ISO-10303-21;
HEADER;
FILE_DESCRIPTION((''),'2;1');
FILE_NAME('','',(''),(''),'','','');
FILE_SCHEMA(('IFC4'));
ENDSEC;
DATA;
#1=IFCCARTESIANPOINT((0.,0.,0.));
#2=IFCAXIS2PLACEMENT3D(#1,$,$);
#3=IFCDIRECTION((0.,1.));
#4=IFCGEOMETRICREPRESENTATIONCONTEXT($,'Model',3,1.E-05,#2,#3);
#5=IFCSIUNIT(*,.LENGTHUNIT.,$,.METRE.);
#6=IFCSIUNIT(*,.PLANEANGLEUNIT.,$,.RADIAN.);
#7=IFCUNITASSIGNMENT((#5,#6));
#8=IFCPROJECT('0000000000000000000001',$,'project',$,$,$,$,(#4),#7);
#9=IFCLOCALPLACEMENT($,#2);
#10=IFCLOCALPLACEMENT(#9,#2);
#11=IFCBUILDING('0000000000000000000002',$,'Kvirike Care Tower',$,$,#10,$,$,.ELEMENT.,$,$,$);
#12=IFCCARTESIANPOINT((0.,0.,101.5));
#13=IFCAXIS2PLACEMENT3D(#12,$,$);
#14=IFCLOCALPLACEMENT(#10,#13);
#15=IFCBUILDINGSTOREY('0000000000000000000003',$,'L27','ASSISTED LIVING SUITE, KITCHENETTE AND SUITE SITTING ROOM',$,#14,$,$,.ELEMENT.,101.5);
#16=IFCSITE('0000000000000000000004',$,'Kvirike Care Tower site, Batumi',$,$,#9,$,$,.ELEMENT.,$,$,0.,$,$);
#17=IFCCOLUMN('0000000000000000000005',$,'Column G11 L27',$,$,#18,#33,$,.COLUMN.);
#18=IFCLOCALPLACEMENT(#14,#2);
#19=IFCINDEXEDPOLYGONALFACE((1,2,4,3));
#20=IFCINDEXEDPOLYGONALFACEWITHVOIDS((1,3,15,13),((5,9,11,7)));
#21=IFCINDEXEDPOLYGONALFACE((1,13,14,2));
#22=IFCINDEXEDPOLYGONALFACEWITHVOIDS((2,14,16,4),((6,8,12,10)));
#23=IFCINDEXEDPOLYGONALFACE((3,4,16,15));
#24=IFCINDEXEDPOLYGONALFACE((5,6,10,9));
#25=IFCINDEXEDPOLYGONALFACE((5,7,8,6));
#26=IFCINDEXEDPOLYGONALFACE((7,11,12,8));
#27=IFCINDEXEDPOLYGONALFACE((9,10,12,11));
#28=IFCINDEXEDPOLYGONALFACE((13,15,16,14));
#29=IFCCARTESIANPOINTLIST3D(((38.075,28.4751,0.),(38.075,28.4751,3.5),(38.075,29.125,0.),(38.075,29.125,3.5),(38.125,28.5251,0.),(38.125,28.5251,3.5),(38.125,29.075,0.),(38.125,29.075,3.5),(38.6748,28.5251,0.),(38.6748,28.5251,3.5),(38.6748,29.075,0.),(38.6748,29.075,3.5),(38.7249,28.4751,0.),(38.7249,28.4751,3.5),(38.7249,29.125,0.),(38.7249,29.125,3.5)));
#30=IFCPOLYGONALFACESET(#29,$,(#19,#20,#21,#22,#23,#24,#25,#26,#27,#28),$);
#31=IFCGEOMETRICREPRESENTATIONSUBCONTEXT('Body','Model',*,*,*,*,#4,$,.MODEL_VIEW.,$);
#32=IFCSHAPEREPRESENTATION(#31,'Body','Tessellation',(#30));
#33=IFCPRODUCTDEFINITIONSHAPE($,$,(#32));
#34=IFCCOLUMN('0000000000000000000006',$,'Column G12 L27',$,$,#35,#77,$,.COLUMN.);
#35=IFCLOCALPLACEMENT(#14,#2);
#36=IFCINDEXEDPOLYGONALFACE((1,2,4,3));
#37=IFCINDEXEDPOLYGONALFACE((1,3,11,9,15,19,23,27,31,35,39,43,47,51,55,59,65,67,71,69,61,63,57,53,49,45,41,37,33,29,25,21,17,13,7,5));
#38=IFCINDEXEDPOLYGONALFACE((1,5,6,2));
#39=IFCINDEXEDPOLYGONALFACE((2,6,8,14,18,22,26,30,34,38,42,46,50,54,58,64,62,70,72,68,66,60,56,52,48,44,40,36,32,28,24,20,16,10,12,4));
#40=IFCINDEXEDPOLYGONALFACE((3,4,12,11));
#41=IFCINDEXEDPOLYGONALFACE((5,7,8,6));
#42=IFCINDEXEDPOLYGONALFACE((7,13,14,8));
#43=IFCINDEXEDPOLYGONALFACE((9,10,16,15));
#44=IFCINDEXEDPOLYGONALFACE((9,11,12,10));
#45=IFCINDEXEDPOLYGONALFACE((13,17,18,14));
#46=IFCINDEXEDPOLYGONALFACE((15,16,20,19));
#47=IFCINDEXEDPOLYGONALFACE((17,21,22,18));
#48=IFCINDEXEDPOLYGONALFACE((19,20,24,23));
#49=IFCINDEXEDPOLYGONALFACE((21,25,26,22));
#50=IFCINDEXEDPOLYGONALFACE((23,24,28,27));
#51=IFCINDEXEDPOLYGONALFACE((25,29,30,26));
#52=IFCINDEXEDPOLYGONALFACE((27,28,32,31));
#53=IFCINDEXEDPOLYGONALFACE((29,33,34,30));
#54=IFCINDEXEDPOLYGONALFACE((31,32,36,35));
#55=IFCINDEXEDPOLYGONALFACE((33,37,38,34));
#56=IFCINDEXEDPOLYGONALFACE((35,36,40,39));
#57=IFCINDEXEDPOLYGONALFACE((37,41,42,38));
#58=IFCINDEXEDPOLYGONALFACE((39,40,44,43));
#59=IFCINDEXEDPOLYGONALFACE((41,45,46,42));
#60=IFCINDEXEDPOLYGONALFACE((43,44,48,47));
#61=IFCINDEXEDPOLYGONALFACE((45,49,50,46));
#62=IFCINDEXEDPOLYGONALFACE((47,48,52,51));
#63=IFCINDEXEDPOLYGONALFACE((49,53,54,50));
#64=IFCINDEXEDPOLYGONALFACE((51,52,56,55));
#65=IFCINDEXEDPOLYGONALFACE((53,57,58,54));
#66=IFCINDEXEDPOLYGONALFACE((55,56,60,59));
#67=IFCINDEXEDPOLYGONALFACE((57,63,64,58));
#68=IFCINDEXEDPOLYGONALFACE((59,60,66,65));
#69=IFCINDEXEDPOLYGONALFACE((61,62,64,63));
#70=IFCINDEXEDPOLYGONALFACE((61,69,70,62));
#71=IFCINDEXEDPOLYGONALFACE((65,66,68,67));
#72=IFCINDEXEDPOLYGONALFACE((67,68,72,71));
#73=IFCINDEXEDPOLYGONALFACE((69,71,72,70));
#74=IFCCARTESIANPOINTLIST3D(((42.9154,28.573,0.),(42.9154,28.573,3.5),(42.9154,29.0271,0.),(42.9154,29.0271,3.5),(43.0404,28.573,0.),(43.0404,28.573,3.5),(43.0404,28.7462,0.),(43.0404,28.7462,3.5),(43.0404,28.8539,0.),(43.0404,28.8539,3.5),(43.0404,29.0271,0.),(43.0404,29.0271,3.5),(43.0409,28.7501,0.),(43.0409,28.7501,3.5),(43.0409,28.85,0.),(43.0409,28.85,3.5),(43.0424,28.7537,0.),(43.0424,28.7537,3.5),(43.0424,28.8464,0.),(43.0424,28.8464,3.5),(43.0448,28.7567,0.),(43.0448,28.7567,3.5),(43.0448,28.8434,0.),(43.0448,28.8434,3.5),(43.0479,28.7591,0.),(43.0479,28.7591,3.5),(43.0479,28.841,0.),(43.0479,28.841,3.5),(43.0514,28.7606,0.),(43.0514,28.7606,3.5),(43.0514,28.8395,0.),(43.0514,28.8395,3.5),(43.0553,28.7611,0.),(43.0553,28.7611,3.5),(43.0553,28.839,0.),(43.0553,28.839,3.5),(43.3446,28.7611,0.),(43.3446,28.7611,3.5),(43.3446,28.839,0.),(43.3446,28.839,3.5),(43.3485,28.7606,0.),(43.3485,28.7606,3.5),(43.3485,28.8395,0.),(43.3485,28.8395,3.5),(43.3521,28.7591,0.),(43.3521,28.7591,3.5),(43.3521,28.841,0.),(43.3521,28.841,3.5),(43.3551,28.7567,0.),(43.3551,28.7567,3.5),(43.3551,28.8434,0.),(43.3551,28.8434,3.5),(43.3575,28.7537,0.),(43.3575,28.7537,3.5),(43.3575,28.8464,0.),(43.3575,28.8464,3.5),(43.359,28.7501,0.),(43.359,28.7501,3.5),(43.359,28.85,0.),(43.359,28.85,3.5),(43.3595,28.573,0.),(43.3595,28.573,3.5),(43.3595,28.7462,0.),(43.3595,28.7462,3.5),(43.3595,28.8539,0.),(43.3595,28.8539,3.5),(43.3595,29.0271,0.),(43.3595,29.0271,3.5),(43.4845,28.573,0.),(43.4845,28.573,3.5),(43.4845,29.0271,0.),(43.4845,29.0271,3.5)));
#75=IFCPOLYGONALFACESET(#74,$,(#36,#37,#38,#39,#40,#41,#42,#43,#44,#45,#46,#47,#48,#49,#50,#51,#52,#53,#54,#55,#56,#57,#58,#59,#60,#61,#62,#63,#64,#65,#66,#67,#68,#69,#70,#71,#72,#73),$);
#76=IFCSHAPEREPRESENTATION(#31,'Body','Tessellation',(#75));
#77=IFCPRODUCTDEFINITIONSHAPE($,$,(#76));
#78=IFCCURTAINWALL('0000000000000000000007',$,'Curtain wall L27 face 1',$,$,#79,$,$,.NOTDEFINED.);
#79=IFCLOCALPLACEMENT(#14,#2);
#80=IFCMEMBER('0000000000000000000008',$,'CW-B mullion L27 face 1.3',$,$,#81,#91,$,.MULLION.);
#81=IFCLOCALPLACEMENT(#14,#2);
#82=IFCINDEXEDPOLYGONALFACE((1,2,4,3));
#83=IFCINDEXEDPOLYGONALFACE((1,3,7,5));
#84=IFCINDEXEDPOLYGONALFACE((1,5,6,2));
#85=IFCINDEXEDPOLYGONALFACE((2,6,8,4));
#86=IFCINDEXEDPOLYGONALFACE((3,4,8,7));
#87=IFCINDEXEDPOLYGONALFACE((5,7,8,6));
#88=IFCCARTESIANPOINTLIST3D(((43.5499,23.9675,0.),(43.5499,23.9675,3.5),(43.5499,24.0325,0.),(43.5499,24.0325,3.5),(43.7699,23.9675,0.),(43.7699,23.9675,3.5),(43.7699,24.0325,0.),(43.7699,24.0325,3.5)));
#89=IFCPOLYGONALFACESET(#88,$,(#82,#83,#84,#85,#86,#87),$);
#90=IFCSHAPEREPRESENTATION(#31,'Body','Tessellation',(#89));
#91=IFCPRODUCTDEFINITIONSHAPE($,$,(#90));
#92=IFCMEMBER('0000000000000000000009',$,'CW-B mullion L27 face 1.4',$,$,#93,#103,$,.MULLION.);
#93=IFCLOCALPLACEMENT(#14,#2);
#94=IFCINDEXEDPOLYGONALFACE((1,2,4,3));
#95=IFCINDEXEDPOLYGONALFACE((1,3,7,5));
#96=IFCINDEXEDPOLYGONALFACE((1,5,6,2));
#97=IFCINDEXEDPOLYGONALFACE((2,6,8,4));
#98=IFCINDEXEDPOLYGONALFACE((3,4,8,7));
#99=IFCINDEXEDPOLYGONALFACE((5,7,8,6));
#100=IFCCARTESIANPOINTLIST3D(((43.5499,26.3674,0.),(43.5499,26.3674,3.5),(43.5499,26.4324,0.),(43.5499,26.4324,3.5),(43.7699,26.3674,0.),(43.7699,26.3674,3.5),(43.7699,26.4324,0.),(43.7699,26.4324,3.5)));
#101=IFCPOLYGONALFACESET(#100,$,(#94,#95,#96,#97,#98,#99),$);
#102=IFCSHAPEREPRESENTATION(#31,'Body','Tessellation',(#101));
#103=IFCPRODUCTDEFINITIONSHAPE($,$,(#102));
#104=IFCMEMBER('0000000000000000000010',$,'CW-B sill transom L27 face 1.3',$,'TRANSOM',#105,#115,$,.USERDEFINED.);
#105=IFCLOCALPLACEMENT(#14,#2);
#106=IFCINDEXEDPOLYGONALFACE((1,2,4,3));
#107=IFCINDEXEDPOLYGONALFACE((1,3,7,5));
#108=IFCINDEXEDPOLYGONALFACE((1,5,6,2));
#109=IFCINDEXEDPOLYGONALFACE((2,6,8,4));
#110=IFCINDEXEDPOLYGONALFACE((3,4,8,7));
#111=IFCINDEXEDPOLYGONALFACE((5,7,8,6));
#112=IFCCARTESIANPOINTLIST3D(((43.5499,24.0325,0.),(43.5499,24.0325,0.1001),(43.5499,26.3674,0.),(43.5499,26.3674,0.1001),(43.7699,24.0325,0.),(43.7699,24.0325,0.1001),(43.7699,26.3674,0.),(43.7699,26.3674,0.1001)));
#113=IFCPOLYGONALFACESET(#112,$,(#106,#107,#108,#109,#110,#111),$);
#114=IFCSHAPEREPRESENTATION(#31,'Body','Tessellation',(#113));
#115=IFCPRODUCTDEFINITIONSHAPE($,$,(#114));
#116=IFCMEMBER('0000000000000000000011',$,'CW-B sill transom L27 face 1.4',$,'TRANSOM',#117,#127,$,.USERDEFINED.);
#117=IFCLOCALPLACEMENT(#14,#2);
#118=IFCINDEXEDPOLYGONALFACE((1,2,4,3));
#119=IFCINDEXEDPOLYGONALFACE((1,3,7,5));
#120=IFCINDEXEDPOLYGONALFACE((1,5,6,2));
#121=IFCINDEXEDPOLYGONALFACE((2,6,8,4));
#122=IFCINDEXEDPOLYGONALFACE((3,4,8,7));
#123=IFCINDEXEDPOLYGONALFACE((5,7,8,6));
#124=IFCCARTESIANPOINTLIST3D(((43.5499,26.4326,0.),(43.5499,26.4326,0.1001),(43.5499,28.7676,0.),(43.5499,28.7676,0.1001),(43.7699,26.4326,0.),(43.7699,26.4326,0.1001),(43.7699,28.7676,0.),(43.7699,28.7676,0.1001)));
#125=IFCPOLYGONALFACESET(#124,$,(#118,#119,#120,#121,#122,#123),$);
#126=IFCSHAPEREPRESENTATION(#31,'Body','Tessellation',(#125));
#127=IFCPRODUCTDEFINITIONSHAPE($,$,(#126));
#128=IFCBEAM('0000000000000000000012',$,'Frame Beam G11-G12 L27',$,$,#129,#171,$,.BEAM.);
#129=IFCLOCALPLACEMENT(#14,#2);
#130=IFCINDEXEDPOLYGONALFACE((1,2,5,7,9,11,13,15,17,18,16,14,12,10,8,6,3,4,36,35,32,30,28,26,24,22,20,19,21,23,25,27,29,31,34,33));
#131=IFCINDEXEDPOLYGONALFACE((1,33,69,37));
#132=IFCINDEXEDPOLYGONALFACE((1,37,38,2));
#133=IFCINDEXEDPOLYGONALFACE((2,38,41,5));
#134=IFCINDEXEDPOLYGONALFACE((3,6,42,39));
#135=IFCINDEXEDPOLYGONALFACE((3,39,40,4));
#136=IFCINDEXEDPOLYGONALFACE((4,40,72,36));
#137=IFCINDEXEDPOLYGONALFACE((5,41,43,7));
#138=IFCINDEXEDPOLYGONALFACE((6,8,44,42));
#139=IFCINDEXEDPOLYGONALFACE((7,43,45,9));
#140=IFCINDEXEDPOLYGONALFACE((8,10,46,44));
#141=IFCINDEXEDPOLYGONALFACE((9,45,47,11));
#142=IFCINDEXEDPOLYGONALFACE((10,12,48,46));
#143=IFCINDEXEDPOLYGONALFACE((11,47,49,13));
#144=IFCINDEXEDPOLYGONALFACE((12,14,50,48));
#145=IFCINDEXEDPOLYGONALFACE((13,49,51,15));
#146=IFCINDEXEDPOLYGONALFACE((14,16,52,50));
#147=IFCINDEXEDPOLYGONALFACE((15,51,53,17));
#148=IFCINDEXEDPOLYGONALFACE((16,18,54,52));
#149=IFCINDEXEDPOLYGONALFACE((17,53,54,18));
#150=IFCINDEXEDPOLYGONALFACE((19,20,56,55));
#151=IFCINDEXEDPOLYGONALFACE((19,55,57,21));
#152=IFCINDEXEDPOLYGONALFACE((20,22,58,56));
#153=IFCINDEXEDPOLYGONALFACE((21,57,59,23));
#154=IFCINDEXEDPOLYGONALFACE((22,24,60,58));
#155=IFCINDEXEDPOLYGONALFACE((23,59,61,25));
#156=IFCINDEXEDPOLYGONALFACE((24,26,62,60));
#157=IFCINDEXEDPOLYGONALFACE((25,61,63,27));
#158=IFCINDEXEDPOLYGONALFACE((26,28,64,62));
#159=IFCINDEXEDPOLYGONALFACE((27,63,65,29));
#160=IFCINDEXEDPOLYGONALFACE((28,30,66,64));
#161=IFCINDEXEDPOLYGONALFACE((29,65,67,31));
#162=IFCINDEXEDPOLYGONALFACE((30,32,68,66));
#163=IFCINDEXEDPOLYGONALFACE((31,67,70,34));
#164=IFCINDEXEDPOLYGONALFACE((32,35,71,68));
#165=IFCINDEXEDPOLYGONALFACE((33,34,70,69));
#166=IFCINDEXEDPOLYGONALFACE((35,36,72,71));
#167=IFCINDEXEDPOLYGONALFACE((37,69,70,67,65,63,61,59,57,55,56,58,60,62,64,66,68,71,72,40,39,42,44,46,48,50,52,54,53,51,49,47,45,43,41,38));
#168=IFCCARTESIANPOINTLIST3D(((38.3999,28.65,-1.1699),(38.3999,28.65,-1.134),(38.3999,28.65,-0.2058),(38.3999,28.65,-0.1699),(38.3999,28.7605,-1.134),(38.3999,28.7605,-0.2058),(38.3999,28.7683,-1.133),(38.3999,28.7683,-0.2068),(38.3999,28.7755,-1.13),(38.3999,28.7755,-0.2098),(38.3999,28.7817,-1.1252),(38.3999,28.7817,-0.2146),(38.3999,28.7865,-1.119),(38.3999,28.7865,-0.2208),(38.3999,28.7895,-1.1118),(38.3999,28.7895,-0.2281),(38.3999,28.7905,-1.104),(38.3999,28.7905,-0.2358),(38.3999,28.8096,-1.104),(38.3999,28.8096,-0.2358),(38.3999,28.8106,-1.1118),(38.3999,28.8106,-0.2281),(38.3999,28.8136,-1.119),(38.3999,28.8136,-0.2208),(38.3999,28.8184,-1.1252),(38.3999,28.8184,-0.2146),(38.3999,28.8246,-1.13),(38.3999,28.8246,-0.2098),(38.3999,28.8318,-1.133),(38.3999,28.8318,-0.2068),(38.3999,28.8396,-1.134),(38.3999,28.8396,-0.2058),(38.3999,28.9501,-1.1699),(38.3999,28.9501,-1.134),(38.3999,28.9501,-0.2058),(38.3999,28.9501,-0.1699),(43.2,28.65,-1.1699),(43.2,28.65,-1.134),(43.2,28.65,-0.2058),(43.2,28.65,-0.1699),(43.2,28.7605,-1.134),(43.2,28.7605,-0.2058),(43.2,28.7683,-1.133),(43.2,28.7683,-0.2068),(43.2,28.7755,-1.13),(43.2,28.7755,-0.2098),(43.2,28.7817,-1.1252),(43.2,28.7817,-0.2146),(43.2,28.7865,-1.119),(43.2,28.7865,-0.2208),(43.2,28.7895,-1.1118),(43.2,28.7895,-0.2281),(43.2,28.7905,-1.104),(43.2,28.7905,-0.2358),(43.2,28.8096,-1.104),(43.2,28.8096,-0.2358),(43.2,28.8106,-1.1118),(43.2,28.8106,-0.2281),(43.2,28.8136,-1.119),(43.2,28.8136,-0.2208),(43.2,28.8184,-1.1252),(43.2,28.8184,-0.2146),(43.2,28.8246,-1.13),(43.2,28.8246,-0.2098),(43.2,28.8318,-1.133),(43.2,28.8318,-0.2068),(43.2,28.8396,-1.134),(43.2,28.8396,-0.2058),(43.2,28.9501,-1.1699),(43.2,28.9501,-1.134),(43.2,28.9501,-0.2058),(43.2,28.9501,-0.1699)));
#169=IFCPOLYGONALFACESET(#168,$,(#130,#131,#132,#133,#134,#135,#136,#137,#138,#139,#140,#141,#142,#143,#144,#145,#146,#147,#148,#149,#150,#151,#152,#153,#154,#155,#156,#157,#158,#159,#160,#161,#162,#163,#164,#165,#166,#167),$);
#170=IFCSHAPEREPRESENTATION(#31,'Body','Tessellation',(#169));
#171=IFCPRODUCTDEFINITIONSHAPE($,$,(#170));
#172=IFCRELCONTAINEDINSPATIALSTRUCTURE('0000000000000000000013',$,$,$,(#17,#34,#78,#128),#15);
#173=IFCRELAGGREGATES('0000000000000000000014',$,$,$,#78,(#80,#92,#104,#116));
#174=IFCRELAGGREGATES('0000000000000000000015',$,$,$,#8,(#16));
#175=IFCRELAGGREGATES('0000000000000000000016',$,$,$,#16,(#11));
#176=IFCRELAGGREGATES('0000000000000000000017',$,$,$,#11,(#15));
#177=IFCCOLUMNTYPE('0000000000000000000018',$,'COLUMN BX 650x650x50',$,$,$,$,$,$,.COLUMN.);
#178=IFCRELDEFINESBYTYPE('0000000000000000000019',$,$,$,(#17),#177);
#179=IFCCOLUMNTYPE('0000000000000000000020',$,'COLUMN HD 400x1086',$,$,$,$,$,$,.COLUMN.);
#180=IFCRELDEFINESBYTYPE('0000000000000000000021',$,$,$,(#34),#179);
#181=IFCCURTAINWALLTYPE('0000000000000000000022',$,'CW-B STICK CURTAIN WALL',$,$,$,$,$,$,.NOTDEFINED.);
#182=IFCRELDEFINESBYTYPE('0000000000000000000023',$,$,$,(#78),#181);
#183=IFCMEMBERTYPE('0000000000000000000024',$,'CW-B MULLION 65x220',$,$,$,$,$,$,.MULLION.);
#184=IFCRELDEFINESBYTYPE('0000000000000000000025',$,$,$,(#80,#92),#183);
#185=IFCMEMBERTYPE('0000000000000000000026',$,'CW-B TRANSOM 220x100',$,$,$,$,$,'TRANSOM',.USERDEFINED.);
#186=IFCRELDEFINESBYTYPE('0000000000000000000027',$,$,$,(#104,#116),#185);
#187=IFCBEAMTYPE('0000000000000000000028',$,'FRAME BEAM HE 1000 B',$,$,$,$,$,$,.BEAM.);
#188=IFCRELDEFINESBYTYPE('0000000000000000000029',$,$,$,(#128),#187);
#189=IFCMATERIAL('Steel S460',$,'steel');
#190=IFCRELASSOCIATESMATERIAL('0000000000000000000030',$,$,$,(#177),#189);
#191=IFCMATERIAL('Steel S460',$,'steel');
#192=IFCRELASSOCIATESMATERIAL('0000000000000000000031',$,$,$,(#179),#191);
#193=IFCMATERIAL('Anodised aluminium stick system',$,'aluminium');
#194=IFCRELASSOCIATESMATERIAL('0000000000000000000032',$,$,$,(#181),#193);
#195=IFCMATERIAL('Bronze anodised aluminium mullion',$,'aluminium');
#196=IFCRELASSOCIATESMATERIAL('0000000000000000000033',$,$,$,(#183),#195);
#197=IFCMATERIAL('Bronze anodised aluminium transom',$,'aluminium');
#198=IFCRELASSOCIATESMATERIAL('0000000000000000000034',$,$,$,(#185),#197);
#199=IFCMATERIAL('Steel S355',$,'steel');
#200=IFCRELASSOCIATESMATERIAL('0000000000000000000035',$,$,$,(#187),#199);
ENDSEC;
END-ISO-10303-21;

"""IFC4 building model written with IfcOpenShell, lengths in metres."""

from ifc_helpers import new_model, si_unit, direction, frame, origin, origin_2d, place, context, subcontext, project, spatial, rectangle, hollow_rectangle, i_section, extrude, material, material_profile, profile_set, type_object, element, aggregate, save


model = new_model("IFC4")

# Units and contexts
model_context = context("Model", 3, precision=1e-05, world=origin(), true_north=direction((0.0, 1.0)))
body_context = subcontext(model_context, "Body", "Model", "MODEL_VIEW")
ifc_project = project(units=[si_unit("LENGTHUNIT", "METRE"), si_unit("PLANEANGLEUNIT", "RADIAN")], contexts=[model_context])

# Site, building, storey
site_placement = place(None, origin())
site = spatial("IfcSite", under=ifc_project, at=site_placement, Name="Kvirike Care Tower site, Batumi", CompositionType="ELEMENT", RefElevation=0.0)
building_placement = place(site_placement, origin())
building = spatial("IfcBuilding", under=site, at=building_placement, Name="Kvirike Care Tower", CompositionType="ELEMENT")
storey_placement = place(building_placement, frame((0.0, 0.0, 101.5)))
storey = spatial("IfcBuildingStorey", under=building, at=storey_placement, Name="L27", Description="ASSISTED LIVING SUITE, KITCHENETTE AND SUITE SITTING ROOM", CompositionType="ELEMENT", Elevation=101.5)

# Columns
ifc_material_1 = material(Name="Steel S460", Category="steel")
ifc_material_profile_1 = material_profile(ifc_material_1, hollow_rectangle(XDim=0.6499, YDim=0.6499, WallThickness=0.05, at=origin_2d()), Name="BX 650x650x50")
ifc_profile_set_1 = profile_set([ifc_material_profile_1], Name="Steel S460")
column_type_1 = type_object("IfcColumnType", Name="COLUMN BX 650x650x50", PredefinedType="COLUMN", material=ifc_profile_set_1)
column_1_placement = place(storey_placement, frame((38.3999, 28.8, 0.0), z_axis=(0.0, 0.0, 1.0), x_axis=(0.0, 1.0, 0.0)))
element("IfcColumn", 1, at=column_1_placement, inside=storey, type_object=column_type_1, Name="Column G11 L27", PredefinedType="COLUMN", context=body_context, shape_type="SweptSolid", body=[
    extrude(hollow_rectangle(XDim=0.6499, YDim=0.6499, WallThickness=0.05, at=origin_2d()), origin(), (0.0, 0.0, 1.0), 3.5),
])
ifc_material_2 = material(Name="Steel S460", Category="steel")
ifc_material_profile_2 = material_profile(ifc_material_2, i_section(OverallWidth=0.4541, OverallDepth=0.5691, WebThickness=0.0779, FlangeThickness=0.125, FilletRadius=0.0149, at=origin_2d()), Name="HD 400x1086")
ifc_profile_set_2 = profile_set([ifc_material_profile_2], Name="Steel S460")
column_type_2 = type_object("IfcColumnType", Name="COLUMN HD 400x1086", PredefinedType="COLUMN", material=ifc_profile_set_2)
column_2_placement = place(storey_placement, frame((43.2, 28.8, 0.0), z_axis=(0.0, 0.0, 1.0), x_axis=(0.0, 1.0, 0.0)))
element("IfcColumn", 2, at=column_2_placement, inside=storey, type_object=column_type_2, Name="Column G12 L27", PredefinedType="COLUMN", context=body_context, shape_type="SweptSolid", body=[
    extrude(i_section(OverallWidth=0.4541, OverallDepth=0.5691, WebThickness=0.0779, FlangeThickness=0.125, FilletRadius=0.0149, at=origin_2d()), origin(), (0.0, 0.0, 1.0), 3.5),
])

# Curtain wall, members
ifc_material_3 = material(Name="Anodised aluminium stick system", Category="aluminium")
curtain_wall_type = type_object("IfcCurtainWallType", Name="CW-B STICK CURTAIN WALL", PredefinedType="NOTDEFINED", material=ifc_material_3)
curtain_wall_placement = place(storey_placement, origin())
curtain_wall = element("IfcCurtainWall", 3, at=curtain_wall_placement, inside=storey, type_object=curtain_wall_type, Name="Curtain wall L27 face 1", PredefinedType="NOTDEFINED")
ifc_material_4 = material(Name="Bronze anodised aluminium mullion", Category="aluminium")
ifc_material_profile_3 = material_profile(ifc_material_4, rectangle(XDim=0.0649, YDim=0.22, at=origin_2d()), Name="CW-B MULLION 65x220")
ifc_profile_set_3 = profile_set([ifc_material_profile_3], Name="Bronze anodised aluminium mullion")
member_type_1 = type_object("IfcMemberType", Name="CW-B MULLION 65x220", PredefinedType="MULLION", material=ifc_profile_set_3)
member_1_placement = place(storey_placement, frame((43.6599, 24.0, 0.0), z_axis=(0.0, 0.0, 1.0), x_axis=(0.0, 1.0, 0.0)))
member_1 = element("IfcMember", 4, at=member_1_placement, type_object=member_type_1, Name="CW-B mullion L27 face 1.3", PredefinedType="MULLION", context=body_context, shape_type="SweptSolid", body=[
    extrude(rectangle(XDim=0.0649, YDim=0.22, at=origin_2d()), origin(), (0.0, 0.0, 1.0), 3.5),
])
member_2_placement = place(storey_placement, frame((43.6599, 26.3999, 0.0), z_axis=(0.0, 0.0, 1.0), x_axis=(0.0, 1.0, 0.0)))
member_2 = element("IfcMember", 5, at=member_2_placement, type_object=member_type_1, Name="CW-B mullion L27 face 1.4", PredefinedType="MULLION", context=body_context, shape_type="SweptSolid", body=[
    extrude(rectangle(XDim=0.0649, YDim=0.22, at=origin_2d()), origin(), (0.0, 0.0, 1.0), 3.5),
])
ifc_material_5 = material(Name="Bronze anodised aluminium transom", Category="aluminium")
ifc_material_profile_4 = material_profile(ifc_material_5, rectangle(XDim=0.22, YDim=0.1001, at=origin_2d()), Name="CW-B TRANSOM 220x100")
ifc_profile_set_4 = profile_set([ifc_material_profile_4], Name="Bronze anodised aluminium transom")
member_type_2 = type_object("IfcMemberType", Name="CW-B TRANSOM 220x100", ElementType="TRANSOM", PredefinedType="USERDEFINED", material=ifc_profile_set_4)
member_3_placement = place(storey_placement, frame((43.6599, 24.0325, 0.05), z_axis=(0.0, 1.0, 0.0), x_axis=(-1.0, 0.0, 0.0)))
member_3 = element("IfcMember", 6, at=member_3_placement, type_object=member_type_2, Name="CW-B sill transom L27 face 1.3", ObjectType="TRANSOM", PredefinedType="USERDEFINED", context=body_context, shape_type="SweptSolid", body=[
    extrude(rectangle(XDim=0.22, YDim=0.1001, at=origin_2d()), origin(), (0.0, 0.0, 1.0), 2.335),
])
member_4_placement = place(storey_placement, frame((43.6599, 26.4326, 0.05), z_axis=(0.0, 1.0, 0.0), x_axis=(-1.0, 0.0, 0.0)))
member_4 = element("IfcMember", 7, at=member_4_placement, type_object=member_type_2, Name="CW-B sill transom L27 face 1.4", ObjectType="TRANSOM", PredefinedType="USERDEFINED", context=body_context, shape_type="SweptSolid", body=[
    extrude(rectangle(XDim=0.22, YDim=0.1001, at=origin_2d()), origin(), (0.0, 0.0, 1.0), 2.335),
])

# Beam
ifc_material_6 = material(Name="Steel S355", Category="steel")
ifc_material_profile_5 = material_profile(ifc_material_6, i_section(OverallWidth=0.3, OverallDepth=1.0, WebThickness=0.019, FlangeThickness=0.0359, FilletRadius=0.03, at=origin_2d()), Name="HE 1000 B")
ifc_profile_set_5 = profile_set([ifc_material_profile_5], Name="Steel S355")
beam_type_1 = type_object("IfcBeamType", Name="FRAME BEAM HE 1000 B", PredefinedType="BEAM", material=ifc_profile_set_5)
beam_1_placement = place(storey_placement, frame((38.3999, 28.8, -0.6699), z_axis=(1.0, 0.0, 0.0), x_axis=(0.0, 1.0, 0.0)))
element("IfcBeam", 8, at=beam_1_placement, inside=storey, type_object=beam_type_1, Name="Frame Beam G11-G12 L27", PredefinedType="BEAM", context=body_context, shape_type="SweptSolid", body=[
    extrude(i_section(OverallWidth=0.3, OverallDepth=1.0, WebThickness=0.019, FlangeThickness=0.0359, FilletRadius=0.03, at=origin_2d()), origin(), (0.0, 0.0, 1.0), 4.8),
])

aggregate(curtain_wall, [member_1, member_2, member_3, member_4])

save(model, "model.ifc")
